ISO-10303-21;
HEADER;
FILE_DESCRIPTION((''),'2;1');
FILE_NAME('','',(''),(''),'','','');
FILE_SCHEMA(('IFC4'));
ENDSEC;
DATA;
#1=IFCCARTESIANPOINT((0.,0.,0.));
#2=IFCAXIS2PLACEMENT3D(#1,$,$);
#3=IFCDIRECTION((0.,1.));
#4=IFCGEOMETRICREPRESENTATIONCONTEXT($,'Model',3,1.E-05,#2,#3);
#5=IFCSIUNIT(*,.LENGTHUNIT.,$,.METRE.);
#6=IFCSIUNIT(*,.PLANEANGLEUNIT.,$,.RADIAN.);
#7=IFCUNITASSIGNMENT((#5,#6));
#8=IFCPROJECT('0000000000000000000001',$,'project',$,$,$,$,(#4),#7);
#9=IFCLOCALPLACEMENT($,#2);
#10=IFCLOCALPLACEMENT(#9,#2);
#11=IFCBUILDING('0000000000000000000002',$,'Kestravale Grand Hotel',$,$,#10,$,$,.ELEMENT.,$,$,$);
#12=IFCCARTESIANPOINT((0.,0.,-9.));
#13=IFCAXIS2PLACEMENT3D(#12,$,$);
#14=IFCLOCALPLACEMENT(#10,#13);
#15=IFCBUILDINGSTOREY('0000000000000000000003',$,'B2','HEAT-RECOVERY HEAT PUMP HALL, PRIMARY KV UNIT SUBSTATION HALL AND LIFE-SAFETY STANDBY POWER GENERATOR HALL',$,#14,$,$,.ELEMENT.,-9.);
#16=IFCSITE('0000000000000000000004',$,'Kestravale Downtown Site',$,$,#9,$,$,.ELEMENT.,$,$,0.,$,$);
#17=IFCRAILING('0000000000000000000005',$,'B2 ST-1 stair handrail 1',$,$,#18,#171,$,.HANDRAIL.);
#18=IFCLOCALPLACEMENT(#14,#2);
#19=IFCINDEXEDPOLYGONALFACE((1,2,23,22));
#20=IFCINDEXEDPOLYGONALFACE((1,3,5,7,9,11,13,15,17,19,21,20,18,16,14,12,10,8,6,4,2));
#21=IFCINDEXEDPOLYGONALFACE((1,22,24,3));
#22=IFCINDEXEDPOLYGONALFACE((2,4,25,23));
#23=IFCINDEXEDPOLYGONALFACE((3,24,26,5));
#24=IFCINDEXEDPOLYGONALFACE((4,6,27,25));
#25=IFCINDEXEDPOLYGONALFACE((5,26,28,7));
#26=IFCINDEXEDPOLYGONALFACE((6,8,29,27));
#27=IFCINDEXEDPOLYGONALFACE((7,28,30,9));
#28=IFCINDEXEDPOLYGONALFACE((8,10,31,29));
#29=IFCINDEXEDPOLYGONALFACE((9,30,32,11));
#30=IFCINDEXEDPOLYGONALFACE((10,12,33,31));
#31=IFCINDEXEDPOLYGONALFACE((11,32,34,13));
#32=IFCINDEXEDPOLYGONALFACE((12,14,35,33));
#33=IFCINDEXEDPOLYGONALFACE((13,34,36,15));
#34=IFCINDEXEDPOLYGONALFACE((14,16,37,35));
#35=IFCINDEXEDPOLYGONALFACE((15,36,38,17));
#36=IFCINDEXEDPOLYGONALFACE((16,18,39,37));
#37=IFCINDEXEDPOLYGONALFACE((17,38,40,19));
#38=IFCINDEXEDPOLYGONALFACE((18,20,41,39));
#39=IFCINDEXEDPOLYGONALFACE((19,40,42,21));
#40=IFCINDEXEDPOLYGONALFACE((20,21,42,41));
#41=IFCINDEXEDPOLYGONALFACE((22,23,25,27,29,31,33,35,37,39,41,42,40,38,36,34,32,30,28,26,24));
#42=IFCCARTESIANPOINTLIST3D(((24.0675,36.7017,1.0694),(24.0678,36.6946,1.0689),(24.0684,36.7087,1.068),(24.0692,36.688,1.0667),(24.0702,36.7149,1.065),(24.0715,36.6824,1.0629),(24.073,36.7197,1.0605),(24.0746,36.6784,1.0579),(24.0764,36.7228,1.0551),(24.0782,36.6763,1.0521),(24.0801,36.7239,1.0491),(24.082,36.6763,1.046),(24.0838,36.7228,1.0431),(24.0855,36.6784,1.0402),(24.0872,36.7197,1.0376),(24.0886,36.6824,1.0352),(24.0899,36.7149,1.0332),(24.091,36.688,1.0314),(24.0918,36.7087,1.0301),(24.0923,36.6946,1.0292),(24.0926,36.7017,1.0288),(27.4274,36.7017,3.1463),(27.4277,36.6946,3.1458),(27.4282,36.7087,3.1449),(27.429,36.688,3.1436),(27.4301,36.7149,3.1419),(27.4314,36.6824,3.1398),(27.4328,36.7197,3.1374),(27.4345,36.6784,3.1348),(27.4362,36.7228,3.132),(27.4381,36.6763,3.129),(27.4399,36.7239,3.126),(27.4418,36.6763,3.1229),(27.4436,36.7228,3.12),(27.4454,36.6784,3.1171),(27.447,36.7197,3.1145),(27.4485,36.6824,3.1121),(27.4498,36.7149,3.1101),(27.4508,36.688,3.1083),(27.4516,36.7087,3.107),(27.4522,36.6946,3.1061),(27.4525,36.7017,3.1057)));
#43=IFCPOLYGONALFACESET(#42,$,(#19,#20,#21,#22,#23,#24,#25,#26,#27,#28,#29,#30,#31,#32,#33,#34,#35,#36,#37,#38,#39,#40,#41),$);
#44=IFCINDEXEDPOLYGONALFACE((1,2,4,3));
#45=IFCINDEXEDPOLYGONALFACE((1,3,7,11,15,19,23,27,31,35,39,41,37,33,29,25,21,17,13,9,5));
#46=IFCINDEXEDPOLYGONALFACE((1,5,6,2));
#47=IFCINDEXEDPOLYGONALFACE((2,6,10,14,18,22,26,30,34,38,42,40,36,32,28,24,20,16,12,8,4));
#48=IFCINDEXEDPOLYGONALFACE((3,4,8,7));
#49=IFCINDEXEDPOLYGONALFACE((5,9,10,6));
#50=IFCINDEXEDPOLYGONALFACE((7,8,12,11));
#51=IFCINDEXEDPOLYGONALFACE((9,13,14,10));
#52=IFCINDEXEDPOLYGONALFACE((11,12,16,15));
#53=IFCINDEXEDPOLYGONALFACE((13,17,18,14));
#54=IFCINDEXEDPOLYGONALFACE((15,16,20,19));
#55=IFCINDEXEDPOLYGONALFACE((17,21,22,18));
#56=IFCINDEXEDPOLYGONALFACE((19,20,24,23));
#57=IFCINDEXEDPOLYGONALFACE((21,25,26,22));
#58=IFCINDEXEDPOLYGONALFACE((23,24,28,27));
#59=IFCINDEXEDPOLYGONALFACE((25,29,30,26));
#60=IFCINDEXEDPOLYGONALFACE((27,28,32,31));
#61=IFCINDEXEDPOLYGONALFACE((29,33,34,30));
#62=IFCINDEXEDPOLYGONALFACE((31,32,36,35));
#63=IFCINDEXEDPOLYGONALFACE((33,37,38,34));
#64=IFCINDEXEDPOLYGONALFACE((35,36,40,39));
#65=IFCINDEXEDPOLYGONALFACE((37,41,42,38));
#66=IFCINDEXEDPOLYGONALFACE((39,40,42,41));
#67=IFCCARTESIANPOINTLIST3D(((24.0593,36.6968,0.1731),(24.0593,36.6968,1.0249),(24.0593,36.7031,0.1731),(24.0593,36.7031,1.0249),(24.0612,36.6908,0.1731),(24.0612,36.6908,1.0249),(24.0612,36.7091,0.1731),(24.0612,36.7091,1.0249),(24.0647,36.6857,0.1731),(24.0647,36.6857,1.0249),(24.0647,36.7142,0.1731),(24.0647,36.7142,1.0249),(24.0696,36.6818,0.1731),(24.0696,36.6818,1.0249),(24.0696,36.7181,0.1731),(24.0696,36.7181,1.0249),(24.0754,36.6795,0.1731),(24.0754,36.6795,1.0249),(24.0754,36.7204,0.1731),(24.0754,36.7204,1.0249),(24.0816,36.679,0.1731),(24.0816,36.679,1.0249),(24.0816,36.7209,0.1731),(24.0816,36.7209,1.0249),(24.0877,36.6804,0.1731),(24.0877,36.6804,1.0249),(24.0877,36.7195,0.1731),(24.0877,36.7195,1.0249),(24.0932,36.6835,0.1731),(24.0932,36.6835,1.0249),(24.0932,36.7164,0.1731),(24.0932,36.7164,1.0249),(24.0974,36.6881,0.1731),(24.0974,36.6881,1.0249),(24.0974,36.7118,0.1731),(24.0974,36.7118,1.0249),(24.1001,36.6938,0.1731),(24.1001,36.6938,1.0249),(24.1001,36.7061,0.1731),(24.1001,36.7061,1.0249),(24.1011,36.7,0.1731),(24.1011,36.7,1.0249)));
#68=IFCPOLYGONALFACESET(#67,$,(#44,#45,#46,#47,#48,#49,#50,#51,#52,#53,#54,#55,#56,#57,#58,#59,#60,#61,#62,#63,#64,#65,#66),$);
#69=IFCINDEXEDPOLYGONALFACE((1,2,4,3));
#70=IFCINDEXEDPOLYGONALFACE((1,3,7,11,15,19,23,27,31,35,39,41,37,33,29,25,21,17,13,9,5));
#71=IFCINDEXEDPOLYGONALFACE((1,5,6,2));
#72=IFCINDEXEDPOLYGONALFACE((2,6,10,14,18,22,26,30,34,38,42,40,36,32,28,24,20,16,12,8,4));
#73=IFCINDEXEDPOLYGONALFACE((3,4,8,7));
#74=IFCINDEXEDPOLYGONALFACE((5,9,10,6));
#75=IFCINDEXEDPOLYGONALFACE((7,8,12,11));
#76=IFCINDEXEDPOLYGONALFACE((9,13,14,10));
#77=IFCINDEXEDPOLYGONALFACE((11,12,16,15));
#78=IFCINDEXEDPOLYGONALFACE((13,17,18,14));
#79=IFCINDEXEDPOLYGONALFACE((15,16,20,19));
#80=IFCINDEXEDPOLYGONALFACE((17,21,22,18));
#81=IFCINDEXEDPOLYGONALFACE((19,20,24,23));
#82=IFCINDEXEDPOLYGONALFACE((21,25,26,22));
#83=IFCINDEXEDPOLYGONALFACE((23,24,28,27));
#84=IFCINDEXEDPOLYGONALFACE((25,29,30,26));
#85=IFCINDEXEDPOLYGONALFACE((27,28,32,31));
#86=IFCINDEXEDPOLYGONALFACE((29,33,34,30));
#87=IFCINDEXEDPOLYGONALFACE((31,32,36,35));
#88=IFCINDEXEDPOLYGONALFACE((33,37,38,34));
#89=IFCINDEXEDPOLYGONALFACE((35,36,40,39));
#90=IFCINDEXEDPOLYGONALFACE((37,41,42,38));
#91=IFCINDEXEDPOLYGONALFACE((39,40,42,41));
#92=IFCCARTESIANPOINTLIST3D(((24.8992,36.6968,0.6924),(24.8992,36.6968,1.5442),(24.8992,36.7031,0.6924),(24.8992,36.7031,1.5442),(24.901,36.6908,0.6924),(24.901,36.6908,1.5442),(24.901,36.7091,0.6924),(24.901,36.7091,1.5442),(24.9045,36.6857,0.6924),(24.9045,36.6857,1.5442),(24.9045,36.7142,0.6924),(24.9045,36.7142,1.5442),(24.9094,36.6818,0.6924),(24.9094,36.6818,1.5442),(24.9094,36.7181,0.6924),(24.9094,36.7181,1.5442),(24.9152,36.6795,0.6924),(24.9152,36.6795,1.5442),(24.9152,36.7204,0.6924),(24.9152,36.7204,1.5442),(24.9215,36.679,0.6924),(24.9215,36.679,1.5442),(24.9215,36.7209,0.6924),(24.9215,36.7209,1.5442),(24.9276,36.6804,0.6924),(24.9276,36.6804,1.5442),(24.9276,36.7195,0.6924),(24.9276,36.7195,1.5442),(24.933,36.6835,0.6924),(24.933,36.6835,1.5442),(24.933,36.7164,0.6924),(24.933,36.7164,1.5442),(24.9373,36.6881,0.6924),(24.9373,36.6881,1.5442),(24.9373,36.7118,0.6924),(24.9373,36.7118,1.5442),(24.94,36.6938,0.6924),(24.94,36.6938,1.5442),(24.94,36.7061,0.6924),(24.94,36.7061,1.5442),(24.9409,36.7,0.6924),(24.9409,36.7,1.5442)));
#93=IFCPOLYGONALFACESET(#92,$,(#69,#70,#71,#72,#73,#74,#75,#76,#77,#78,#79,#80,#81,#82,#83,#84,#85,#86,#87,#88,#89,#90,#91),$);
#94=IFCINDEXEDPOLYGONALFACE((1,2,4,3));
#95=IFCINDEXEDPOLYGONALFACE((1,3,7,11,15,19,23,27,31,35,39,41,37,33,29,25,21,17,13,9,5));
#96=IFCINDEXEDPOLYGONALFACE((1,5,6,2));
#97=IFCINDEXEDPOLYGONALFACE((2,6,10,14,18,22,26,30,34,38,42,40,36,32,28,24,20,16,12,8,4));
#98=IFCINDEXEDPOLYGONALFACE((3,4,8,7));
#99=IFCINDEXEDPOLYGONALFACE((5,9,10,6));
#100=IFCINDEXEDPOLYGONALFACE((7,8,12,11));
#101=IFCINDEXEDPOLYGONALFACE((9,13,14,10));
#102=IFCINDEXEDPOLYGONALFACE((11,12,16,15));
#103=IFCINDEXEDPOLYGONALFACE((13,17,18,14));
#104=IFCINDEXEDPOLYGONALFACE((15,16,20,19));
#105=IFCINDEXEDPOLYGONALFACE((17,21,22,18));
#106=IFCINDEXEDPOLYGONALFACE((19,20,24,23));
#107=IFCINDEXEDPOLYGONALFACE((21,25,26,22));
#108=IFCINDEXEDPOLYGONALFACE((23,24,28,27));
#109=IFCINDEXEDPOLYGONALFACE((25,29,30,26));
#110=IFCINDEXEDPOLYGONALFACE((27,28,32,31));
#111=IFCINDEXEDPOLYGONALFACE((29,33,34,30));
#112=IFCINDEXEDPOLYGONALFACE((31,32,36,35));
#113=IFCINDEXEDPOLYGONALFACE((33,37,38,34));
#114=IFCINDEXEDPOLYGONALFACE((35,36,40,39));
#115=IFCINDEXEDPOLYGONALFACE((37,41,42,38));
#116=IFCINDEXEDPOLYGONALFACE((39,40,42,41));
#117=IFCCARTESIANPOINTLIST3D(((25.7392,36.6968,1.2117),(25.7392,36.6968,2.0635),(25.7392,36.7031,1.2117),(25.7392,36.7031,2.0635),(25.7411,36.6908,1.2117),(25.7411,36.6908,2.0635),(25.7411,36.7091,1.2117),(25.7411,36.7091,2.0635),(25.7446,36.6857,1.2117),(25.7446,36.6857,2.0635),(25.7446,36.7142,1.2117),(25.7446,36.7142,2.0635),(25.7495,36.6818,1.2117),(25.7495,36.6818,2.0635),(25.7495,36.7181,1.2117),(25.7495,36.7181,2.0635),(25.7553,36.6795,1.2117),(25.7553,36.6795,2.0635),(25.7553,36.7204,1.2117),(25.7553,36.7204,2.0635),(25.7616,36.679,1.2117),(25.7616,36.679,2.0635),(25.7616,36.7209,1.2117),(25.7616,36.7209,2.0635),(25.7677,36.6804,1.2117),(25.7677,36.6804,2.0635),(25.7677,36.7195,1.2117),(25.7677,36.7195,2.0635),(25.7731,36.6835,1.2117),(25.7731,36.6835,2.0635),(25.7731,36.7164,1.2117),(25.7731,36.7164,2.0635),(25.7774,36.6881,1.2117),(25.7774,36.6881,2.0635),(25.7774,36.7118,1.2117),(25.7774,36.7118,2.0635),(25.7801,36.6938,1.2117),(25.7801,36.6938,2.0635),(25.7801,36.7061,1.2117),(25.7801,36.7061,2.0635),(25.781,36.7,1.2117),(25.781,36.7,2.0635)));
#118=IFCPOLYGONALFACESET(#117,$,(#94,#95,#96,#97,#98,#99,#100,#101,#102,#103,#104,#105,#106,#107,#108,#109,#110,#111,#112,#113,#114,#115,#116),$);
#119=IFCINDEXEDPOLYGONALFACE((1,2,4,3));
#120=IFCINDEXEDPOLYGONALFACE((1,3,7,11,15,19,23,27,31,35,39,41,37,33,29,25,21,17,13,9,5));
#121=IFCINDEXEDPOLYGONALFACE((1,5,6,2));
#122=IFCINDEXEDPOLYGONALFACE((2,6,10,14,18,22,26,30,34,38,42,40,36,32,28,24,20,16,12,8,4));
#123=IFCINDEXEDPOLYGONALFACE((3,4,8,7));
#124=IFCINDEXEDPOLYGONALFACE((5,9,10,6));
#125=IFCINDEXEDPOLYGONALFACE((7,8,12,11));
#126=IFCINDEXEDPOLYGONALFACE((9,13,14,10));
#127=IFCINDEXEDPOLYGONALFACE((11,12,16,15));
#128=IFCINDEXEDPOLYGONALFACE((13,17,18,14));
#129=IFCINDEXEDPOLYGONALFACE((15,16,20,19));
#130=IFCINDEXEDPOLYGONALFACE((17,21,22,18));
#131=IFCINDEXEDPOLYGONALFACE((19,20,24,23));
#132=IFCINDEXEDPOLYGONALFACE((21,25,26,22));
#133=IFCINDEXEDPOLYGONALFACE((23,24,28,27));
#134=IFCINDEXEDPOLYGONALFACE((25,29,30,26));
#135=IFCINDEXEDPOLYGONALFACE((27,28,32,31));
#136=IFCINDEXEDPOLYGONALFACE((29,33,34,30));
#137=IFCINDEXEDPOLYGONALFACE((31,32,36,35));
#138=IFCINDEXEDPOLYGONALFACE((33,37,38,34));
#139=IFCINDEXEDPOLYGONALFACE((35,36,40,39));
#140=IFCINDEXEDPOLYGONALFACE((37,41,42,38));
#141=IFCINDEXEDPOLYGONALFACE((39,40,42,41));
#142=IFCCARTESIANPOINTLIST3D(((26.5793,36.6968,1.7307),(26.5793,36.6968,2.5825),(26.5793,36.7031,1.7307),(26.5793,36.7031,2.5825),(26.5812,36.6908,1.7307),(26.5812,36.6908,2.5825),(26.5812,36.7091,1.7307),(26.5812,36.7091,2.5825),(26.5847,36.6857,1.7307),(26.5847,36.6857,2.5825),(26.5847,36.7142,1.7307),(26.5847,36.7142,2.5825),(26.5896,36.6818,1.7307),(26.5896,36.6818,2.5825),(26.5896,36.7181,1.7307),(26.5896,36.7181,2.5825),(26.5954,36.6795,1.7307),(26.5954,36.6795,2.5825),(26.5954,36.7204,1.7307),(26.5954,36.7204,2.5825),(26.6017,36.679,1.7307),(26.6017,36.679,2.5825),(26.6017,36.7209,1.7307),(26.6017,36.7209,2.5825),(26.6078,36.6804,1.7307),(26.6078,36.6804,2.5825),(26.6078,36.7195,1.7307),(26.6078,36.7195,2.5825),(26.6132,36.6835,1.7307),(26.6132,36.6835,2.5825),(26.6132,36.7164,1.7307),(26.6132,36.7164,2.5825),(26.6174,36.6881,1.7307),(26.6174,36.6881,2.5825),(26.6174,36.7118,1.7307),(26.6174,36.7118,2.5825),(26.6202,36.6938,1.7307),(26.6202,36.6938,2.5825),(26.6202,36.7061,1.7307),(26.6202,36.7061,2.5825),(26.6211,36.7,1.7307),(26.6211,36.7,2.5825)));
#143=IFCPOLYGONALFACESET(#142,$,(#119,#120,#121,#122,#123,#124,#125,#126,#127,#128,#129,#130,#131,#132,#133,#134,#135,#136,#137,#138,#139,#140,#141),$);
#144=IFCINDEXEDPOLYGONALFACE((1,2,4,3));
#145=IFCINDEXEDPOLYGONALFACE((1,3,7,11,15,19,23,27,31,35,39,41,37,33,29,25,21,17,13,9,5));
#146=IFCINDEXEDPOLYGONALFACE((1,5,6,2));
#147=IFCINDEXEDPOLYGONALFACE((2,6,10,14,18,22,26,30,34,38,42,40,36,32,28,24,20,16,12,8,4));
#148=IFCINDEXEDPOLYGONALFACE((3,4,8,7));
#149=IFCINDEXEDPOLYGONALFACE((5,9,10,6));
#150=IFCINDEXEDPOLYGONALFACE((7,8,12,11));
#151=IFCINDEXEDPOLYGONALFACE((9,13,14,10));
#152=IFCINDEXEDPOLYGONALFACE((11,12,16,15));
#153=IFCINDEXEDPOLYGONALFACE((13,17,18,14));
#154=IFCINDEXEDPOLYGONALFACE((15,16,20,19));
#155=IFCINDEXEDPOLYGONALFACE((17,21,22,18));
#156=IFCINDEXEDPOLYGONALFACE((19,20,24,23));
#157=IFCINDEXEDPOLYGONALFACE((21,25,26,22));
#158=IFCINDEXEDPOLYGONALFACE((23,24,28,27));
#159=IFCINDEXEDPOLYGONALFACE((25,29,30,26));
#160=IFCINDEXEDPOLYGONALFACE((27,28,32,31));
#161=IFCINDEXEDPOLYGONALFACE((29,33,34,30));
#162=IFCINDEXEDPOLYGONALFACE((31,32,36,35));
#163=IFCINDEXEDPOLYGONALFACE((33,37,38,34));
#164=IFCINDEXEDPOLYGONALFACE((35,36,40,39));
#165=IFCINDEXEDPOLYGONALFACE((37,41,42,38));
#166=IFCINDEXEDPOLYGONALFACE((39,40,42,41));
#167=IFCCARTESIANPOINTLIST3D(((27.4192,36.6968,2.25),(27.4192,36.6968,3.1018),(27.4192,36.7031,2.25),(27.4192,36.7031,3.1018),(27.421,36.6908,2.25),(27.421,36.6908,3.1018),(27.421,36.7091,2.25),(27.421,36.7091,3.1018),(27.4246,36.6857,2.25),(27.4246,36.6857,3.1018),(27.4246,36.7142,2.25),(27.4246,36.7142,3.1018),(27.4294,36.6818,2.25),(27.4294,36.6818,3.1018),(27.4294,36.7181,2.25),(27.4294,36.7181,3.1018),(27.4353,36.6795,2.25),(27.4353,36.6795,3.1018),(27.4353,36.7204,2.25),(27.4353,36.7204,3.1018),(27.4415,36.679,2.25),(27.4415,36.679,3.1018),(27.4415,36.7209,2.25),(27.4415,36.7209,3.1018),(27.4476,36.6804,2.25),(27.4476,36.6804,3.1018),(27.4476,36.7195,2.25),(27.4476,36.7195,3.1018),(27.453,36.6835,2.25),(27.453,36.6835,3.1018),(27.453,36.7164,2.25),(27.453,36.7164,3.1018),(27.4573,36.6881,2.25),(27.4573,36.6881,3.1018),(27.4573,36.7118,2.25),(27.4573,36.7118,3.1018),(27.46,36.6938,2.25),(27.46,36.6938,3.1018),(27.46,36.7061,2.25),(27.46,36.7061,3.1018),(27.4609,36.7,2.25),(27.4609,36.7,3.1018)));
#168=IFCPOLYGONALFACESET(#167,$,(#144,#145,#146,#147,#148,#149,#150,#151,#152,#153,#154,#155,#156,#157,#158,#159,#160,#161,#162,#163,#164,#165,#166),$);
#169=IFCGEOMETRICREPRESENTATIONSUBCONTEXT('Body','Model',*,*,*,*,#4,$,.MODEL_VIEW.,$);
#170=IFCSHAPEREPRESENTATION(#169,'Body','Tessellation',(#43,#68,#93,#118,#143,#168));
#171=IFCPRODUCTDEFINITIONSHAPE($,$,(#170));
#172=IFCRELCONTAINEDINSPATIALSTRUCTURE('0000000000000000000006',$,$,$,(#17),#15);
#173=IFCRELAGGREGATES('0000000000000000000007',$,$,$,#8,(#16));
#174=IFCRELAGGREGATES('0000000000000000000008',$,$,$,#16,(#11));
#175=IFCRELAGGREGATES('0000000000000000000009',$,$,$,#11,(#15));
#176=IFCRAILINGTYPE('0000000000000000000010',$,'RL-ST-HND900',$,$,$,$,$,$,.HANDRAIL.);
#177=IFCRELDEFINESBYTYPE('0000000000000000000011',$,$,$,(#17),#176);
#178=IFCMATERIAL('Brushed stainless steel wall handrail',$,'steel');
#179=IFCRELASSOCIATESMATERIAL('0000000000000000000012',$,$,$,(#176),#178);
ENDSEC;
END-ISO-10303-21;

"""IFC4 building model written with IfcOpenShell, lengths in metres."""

from ifc_helpers import new_model, si_unit, direction, frame, origin, origin_2d, place, context, subcontext, project, spatial, circle, extrude, material, type_object, element, save


model = new_model("IFC4")

# Units and contexts
model_context = context("Model", 3, precision=1e-05, world=origin(), true_north=direction((0.0, 1.0)))
body_context = subcontext(model_context, "Body", "Model", "MODEL_VIEW")
ifc_project = project(units=[si_unit("LENGTHUNIT", "METRE"), si_unit("PLANEANGLEUNIT", "RADIAN")], contexts=[model_context])

# Site, building, storey
site_placement = place(None, origin())
site = spatial("IfcSite", under=ifc_project, at=site_placement, Name="Kestravale Downtown Site", CompositionType="ELEMENT", RefElevation=0.0)
building_placement = place(site_placement, origin())
building = spatial("IfcBuilding", under=site, at=building_placement, Name="Kestravale Grand Hotel", CompositionType="ELEMENT")
storey_placement = place(building_placement, frame((0.0, 0.0, -9.0)))
storey = spatial("IfcBuildingStorey", under=building, at=storey_placement, Name="B2", Description="HEAT-RECOVERY HEAT PUMP HALL, PRIMARY KV UNIT SUBSTATION HALL AND LIFE-SAFETY STANDBY POWER GENERATOR HALL", CompositionType="ELEMENT", Elevation=-9.0)

# Railing
ifc_material_1 = material(Name="Brushed stainless steel wall handrail", Category="steel")
railing_type = type_object("IfcRailingType", Name="RL-ST-HND900", PredefinedType="HANDRAIL", material=ifc_material_1)
railing_placement = place(storey_placement, frame((24.0801, 36.7, 0.1731)))
element("IfcRailing", 1, at=railing_placement, inside=storey, type_object=railing_type, Name="B2 ST-1 stair handrail 1", PredefinedType="HANDRAIL", context=body_context, shape_type="SweptSolid", body=[
    extrude(circle(Radius=0.0239, at=origin_2d()), frame((0.0, 0.0, 0.876), z_axis=(0.850606, 0.0, 0.525803), x_axis=(0.0, 1.0, 0.0)), (0.0, 0.0, 1.0), 3.95),
    extrude(circle(Radius=0.021, at=origin_2d()), origin(), (0.0, 0.0, 1.0), 0.8518),
    extrude(circle(Radius=0.021, at=origin_2d()), frame((0.8398, 0.0, 0.5193)), (0.0, 0.0, 1.0), 0.8518),
    extrude(circle(Radius=0.021, at=origin_2d()), frame((1.6799, 0.0, 1.0386)), (0.0, 0.0, 1.0), 0.8518),
    extrude(circle(Radius=0.021, at=origin_2d()), frame((2.52, 0.0, 1.5576)), (0.0, 0.0, 1.0), 0.8518),
    extrude(circle(Radius=0.021, at=origin_2d()), frame((3.3599, 0.0, 2.0769)), (0.0, 0.0, 1.0), 0.8518),
])

save(model, "model.ifc")
